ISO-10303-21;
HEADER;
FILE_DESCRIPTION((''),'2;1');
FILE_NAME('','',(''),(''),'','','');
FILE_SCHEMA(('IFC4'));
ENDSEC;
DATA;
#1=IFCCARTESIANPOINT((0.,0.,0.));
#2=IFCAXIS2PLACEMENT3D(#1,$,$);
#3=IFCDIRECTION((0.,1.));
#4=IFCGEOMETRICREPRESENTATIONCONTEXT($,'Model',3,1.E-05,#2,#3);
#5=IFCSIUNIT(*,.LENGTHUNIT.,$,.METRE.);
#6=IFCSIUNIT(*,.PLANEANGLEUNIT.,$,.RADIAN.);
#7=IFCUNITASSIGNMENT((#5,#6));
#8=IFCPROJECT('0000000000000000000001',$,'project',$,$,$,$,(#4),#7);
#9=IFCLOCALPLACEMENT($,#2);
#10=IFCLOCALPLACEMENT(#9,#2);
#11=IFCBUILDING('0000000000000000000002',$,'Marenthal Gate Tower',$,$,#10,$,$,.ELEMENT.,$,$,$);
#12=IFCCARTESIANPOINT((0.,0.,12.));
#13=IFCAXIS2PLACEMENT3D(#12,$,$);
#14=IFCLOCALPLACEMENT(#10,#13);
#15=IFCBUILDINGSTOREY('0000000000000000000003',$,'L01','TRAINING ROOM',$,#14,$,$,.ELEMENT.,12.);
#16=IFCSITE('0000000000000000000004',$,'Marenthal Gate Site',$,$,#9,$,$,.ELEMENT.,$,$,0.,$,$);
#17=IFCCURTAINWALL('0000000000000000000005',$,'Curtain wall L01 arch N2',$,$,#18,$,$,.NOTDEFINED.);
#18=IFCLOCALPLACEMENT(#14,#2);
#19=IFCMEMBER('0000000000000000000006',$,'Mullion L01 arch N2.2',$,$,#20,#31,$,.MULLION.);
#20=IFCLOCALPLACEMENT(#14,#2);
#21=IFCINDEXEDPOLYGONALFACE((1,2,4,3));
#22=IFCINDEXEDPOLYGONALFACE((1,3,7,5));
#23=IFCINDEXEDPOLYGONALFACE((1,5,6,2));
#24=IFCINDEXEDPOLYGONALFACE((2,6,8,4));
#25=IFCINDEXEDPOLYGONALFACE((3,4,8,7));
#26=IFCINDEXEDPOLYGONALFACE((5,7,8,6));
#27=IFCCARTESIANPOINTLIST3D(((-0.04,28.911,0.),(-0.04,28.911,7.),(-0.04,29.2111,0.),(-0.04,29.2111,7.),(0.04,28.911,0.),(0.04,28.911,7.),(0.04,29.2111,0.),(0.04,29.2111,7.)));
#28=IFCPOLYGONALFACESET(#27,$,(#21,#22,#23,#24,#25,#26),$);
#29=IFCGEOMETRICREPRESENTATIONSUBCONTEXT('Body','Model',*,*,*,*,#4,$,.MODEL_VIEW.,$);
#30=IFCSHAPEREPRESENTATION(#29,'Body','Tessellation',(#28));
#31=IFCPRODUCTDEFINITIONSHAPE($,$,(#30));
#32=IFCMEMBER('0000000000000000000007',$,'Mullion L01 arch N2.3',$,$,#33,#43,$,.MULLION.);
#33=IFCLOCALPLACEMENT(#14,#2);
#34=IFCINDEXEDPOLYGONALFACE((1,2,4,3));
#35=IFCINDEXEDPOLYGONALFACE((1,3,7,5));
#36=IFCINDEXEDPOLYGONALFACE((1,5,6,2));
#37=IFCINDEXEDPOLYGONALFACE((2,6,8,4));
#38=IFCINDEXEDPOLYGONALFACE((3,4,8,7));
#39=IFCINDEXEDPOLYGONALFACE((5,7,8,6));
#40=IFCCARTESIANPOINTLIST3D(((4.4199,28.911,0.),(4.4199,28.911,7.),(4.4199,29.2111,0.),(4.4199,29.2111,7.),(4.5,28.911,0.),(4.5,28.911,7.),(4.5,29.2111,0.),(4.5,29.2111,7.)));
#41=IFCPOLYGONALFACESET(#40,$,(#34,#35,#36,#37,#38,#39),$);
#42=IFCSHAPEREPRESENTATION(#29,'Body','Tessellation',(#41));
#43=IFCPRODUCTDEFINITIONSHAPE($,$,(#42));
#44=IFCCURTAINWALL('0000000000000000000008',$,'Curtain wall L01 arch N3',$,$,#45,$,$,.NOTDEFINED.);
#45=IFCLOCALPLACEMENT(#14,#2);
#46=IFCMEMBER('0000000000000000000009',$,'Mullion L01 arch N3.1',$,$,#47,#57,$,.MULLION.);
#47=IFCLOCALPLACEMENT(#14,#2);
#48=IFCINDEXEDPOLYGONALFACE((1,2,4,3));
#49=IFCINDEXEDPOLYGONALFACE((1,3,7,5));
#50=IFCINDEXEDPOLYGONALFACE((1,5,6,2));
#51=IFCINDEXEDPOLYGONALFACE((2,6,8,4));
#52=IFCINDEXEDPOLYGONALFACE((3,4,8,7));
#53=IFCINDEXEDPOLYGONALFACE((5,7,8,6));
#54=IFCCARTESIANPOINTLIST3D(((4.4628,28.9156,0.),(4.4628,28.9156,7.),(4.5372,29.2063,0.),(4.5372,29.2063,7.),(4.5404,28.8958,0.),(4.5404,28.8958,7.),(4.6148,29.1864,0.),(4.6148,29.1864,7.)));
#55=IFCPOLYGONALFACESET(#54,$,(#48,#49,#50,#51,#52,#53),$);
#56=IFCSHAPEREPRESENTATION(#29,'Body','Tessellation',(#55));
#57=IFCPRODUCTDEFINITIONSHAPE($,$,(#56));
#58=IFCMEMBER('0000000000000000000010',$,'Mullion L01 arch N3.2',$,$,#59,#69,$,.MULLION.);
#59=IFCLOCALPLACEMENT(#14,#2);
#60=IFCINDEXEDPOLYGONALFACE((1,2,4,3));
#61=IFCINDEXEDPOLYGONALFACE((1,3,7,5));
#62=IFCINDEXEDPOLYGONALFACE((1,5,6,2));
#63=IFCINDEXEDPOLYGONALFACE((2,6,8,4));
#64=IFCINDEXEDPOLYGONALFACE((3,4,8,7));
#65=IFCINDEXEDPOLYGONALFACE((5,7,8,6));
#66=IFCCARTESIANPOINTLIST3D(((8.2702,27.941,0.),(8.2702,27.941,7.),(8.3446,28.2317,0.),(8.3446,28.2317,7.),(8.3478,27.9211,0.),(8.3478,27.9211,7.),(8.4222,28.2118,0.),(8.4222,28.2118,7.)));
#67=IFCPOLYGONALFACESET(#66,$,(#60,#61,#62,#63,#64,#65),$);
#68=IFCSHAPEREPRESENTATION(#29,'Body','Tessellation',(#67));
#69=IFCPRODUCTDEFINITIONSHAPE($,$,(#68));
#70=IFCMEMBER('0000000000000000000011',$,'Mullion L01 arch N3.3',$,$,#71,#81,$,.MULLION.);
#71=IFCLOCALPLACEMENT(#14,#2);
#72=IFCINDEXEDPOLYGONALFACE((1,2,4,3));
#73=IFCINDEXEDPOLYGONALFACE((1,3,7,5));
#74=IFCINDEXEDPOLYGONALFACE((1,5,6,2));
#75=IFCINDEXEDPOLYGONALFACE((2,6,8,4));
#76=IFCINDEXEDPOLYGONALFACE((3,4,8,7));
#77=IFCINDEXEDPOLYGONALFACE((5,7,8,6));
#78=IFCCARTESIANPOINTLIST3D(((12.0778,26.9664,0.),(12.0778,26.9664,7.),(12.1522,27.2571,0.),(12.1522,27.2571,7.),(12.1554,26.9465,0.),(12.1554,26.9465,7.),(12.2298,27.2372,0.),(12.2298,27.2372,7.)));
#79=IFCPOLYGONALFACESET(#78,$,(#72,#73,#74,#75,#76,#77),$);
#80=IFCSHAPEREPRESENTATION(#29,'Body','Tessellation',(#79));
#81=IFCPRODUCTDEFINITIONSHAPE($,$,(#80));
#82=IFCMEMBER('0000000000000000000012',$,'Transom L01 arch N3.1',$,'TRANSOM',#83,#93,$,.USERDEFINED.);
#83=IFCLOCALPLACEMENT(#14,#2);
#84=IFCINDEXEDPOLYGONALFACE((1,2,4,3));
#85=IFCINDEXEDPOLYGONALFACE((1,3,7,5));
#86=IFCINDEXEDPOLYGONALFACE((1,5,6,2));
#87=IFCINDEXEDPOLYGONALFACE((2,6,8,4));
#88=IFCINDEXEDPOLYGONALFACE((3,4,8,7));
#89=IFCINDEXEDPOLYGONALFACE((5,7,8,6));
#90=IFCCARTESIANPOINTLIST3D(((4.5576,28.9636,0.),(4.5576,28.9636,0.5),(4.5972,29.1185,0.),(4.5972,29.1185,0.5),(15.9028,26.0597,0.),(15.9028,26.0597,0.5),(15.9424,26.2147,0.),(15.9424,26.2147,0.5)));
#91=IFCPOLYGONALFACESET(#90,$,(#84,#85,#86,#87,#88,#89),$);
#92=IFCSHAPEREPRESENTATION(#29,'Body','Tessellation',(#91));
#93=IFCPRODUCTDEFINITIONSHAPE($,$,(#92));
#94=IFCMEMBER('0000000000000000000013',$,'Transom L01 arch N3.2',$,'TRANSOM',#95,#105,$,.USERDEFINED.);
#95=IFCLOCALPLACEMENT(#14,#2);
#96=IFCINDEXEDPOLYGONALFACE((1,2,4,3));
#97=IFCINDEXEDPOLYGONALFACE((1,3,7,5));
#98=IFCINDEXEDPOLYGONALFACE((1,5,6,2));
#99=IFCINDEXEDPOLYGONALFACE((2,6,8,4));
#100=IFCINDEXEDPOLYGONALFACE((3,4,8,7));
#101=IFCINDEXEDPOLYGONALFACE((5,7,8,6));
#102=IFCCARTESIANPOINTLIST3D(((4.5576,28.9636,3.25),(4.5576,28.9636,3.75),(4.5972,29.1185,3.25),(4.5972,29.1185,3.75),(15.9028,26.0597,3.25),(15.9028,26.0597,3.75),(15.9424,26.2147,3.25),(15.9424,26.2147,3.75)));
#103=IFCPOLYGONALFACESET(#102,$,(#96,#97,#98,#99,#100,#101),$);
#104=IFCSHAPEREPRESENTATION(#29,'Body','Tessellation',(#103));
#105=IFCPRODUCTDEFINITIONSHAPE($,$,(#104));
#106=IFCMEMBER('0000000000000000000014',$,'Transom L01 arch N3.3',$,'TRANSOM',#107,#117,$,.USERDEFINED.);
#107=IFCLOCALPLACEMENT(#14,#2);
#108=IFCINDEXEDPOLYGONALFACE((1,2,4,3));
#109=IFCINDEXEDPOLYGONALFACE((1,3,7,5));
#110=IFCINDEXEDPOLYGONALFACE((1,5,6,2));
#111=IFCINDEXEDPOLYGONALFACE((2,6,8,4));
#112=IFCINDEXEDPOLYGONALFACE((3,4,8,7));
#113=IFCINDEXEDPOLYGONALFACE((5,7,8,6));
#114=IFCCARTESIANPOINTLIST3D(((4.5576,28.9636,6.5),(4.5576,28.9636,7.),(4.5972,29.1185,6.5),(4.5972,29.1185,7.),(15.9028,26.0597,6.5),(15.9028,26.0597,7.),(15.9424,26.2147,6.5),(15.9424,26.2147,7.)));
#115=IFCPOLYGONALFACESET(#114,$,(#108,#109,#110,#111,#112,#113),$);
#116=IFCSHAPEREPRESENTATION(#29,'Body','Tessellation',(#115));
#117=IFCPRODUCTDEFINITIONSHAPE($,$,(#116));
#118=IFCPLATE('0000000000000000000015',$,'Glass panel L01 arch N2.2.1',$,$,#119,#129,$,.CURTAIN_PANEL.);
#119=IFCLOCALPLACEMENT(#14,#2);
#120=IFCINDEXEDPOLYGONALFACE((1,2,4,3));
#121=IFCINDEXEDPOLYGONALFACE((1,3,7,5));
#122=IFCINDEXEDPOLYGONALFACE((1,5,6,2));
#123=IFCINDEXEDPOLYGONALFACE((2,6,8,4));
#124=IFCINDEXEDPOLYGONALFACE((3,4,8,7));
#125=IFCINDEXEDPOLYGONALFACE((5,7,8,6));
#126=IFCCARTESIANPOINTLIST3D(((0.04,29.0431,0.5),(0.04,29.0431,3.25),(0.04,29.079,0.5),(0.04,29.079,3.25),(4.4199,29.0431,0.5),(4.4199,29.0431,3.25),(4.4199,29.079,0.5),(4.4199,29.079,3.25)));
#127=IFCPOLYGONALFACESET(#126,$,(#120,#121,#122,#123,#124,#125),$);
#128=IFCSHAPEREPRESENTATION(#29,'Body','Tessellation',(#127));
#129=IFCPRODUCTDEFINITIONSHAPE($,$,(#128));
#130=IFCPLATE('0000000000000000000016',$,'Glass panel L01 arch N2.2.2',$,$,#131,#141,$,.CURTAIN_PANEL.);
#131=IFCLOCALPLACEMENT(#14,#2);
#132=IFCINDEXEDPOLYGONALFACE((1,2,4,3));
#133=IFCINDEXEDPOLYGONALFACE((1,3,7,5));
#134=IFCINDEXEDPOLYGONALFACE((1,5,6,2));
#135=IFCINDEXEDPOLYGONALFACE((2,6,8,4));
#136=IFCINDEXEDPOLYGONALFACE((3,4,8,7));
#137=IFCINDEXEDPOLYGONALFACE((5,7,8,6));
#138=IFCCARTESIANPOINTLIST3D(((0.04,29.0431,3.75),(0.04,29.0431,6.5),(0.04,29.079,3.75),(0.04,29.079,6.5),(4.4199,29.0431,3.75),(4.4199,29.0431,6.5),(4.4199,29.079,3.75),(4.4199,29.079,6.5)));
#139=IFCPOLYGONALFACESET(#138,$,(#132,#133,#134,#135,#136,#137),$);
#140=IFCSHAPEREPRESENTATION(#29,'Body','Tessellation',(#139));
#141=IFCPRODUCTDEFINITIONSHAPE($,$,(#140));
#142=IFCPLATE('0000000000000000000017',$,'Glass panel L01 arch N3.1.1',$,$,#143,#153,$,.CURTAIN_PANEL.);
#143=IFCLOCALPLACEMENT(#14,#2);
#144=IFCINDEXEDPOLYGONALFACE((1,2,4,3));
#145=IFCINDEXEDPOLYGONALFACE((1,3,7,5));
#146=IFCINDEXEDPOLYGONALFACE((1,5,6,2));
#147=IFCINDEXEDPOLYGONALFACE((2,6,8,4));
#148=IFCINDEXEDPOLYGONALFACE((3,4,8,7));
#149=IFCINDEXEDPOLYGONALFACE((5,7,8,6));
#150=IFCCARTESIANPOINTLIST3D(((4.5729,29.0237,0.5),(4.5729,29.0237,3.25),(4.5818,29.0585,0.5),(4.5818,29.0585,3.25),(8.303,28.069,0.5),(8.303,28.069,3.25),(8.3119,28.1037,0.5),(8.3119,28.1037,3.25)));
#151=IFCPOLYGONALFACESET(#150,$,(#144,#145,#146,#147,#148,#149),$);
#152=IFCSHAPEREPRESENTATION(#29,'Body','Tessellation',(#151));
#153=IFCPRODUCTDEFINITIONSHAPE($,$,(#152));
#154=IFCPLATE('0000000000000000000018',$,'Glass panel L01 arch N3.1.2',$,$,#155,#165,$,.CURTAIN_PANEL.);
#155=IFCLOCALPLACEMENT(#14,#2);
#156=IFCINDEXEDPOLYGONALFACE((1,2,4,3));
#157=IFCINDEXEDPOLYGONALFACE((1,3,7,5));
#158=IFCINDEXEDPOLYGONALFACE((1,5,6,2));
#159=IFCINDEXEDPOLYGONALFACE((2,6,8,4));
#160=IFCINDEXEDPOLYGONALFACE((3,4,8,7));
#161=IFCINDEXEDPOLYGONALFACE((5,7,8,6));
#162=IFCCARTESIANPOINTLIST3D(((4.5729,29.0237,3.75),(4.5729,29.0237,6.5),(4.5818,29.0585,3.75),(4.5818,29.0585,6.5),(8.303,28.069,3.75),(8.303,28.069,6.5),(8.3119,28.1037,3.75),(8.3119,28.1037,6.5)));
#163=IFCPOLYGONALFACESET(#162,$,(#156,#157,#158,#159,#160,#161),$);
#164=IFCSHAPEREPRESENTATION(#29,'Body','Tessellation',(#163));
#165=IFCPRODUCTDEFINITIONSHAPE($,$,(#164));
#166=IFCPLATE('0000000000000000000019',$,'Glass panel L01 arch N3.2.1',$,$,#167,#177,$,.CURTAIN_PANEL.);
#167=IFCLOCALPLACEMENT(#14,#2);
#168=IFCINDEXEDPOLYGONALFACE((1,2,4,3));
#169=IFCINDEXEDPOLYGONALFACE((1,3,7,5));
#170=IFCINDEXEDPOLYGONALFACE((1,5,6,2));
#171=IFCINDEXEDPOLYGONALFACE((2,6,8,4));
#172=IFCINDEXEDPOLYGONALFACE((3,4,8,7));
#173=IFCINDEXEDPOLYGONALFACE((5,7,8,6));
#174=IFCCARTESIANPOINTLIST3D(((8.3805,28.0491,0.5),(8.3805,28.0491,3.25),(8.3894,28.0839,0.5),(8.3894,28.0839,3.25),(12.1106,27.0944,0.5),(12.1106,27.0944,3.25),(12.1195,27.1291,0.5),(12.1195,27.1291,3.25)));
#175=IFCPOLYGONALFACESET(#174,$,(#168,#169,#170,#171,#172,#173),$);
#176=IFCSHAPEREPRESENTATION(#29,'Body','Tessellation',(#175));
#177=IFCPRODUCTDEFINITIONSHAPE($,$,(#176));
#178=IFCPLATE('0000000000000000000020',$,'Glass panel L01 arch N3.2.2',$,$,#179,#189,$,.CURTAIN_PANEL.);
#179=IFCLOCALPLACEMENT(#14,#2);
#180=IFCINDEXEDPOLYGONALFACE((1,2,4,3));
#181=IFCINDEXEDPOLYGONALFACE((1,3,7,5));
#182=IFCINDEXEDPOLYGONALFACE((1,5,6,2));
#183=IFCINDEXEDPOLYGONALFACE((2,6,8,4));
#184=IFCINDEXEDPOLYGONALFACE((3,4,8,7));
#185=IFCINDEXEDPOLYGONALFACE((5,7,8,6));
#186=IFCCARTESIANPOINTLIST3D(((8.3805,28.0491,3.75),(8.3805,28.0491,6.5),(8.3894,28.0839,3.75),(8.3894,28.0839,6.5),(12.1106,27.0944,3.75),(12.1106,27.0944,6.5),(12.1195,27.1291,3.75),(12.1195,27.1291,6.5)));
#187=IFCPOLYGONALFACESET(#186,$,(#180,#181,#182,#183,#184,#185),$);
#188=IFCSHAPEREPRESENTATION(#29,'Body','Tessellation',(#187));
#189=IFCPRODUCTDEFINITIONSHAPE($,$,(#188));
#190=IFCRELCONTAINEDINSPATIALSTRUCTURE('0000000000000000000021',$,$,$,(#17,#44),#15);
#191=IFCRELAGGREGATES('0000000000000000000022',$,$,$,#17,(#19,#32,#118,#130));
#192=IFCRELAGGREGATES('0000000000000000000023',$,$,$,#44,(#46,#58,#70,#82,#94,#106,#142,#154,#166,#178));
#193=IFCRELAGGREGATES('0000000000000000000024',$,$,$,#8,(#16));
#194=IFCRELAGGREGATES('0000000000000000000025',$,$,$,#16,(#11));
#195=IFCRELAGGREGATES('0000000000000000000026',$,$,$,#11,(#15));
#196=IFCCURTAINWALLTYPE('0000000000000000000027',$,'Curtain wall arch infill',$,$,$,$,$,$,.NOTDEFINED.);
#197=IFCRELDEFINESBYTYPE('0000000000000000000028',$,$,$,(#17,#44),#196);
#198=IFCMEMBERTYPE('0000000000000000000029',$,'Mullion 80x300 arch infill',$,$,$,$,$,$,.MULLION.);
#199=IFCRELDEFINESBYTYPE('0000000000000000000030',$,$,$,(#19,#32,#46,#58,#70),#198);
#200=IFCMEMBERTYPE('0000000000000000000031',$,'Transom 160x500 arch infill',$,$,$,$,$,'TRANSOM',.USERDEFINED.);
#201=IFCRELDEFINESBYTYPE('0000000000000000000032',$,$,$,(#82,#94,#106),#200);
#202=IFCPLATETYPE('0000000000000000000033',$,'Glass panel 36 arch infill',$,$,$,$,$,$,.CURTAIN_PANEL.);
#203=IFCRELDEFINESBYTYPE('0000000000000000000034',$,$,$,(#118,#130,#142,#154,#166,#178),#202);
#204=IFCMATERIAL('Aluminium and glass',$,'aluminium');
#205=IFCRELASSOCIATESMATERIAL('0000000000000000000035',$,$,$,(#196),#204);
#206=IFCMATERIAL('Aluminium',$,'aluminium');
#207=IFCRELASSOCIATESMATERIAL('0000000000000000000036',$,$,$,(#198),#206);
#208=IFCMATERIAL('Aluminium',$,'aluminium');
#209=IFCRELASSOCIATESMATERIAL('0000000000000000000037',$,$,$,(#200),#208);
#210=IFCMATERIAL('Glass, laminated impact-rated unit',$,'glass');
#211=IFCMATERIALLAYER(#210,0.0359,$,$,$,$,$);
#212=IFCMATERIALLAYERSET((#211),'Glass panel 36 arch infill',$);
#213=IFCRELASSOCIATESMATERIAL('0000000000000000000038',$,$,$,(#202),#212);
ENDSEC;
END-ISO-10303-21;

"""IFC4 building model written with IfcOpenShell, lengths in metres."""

from ifc_helpers import new_model, si_unit, direction, frame, origin, origin_2d, place, context, subcontext, project, spatial, rectangle, extrude, material, layer, layer_set, material_profile, profile_set, type_object, element, aggregate, save


model = new_model("IFC4")

# Units and contexts
model_context = context("Model", 3, precision=1e-05, world=origin(), true_north=direction((0.0, 1.0)))
body_context = subcontext(model_context, "Body", "Model", "MODEL_VIEW")
ifc_project = project(units=[si_unit("LENGTHUNIT", "METRE"), si_unit("PLANEANGLEUNIT", "RADIAN")], contexts=[model_context])

# Site, building, storey
site_placement = place(None, origin())
site = spatial("IfcSite", under=ifc_project, at=site_placement, Name="Marenthal Gate Site", CompositionType="ELEMENT", RefElevation=0.0)
building_placement = place(site_placement, origin())
building = spatial("IfcBuilding", under=site, at=building_placement, Name="Marenthal Gate Tower", CompositionType="ELEMENT")
storey_placement = place(building_placement, frame((0.0, 0.0, 12.0)))
storey = spatial("IfcBuildingStorey", under=building, at=storey_placement, Name="L01", Description="TRAINING ROOM", CompositionType="ELEMENT", Elevation=12.0)

# Curtain walls, members
ifc_material_1 = material(Name="Aluminium and glass", Category="aluminium")
curtain_wall_type = type_object("IfcCurtainWallType", Name="Curtain wall arch infill", PredefinedType="NOTDEFINED", material=ifc_material_1)
curtain_wall_1_placement = place(storey_placement, origin())
curtain_wall_1 = element("IfcCurtainWall", 1, at=curtain_wall_1_placement, inside=storey, type_object=curtain_wall_type, Name="Curtain wall L01 arch N2", PredefinedType="NOTDEFINED")
ifc_material_2 = material(Name="Aluminium", Category="aluminium")
ifc_material_profile_1 = material_profile(ifc_material_2, rectangle(XDim=0.3, YDim=0.0801, at=origin_2d()), Name="80x300 aluminium mullion")
ifc_profile_set_1 = profile_set([ifc_material_profile_1], Name="Aluminium")
member_type_1 = type_object("IfcMemberType", Name="Mullion 80x300 arch infill", PredefinedType="MULLION", material=ifc_profile_set_1)
member_1_placement = place(storey_placement, frame((0.0, 29.061, 0.0), z_axis=(0.0, 0.0, 1.0), x_axis=(0.0, 1.0, 0.0)))
member_1 = element("IfcMember", 2, at=member_1_placement, type_object=member_type_1, Name="Mullion L01 arch N2.2", PredefinedType="MULLION", context=body_context, shape_type="SweptSolid", body=[
    extrude(rectangle(XDim=0.3, YDim=0.0801, at=origin_2d()), origin(), (0.0, 0.0, 1.0), 7.0),
])
member_2_placement = place(storey_placement, frame((4.46, 29.061, 0.0), z_axis=(0.0, 0.0, 1.0), x_axis=(0.0, 1.0, 0.0)))
member_2 = element("IfcMember", 3, at=member_2_placement, type_object=member_type_1, Name="Mullion L01 arch N2.3", PredefinedType="MULLION", context=body_context, shape_type="SweptSolid", body=[
    extrude(rectangle(XDim=0.3, YDim=0.0801, at=origin_2d()), origin(), (0.0, 0.0, 1.0), 7.0),
])
curtain_wall_2_placement = place(storey_placement, origin())
curtain_wall_2 = element("IfcCurtainWall", 4, at=curtain_wall_2_placement, inside=storey, type_object=curtain_wall_type, Name="Curtain wall L01 arch N3", PredefinedType="NOTDEFINED")
member_3_placement = place(storey_placement, frame((4.5388, 29.051, 0.0), z_axis=(0.0, 0.0, 1.0), x_axis=(0.247965, 0.968769, 0.0)))
member_3 = element("IfcMember", 5, at=member_3_placement, type_object=member_type_1, Name="Mullion L01 arch N3.1", PredefinedType="MULLION", context=body_context, shape_type="SweptSolid", body=[
    extrude(rectangle(XDim=0.3, YDim=0.0801, at=origin_2d()), origin(), (0.0, 0.0, 1.0), 7.0),
])
member_4_placement = place(storey_placement, frame((8.3462, 28.0764, 0.0), z_axis=(0.0, 0.0, 1.0), x_axis=(0.247965, 0.968769, 0.0)))
member_4 = element("IfcMember", 6, at=member_4_placement, type_object=member_type_1, Name="Mullion L01 arch N3.2", PredefinedType="MULLION", context=body_context, shape_type="SweptSolid", body=[
    extrude(rectangle(XDim=0.3, YDim=0.0801, at=origin_2d()), origin(), (0.0, 0.0, 1.0), 7.0),
])
member_5_placement = place(storey_placement, frame((12.1538, 27.1018, 0.0), z_axis=(0.0, 0.0, 1.0), x_axis=(0.247965, 0.968769, 0.0)))
member_5 = element("IfcMember", 7, at=member_5_placement, type_object=member_type_1, Name="Mullion L01 arch N3.3", PredefinedType="MULLION", context=body_context, shape_type="SweptSolid", body=[
    extrude(rectangle(XDim=0.3, YDim=0.0801, at=origin_2d()), origin(), (0.0, 0.0, 1.0), 7.0),
])
ifc_material_3 = material(Name="Aluminium", Category="aluminium")
ifc_material_profile_2 = material_profile(ifc_material_3, rectangle(XDim=0.1599, YDim=0.5, at=origin_2d()), Name="160x500 aluminium transom")
ifc_profile_set_2 = profile_set([ifc_material_profile_2], Name="Aluminium")
member_type_2 = type_object("IfcMemberType", Name="Transom 160x500 arch infill", ElementType="TRANSOM", PredefinedType="USERDEFINED", material=ifc_profile_set_2)
member_6_placement = place(storey_placement, frame((4.5774, 29.041, 0.25), z_axis=(0.968771, -0.247957, 0.0), x_axis=(0.247957, 0.968771, 0.0)))
member_6 = element("IfcMember", 8, at=member_6_placement, type_object=member_type_2, Name="Transom L01 arch N3.1", ObjectType="TRANSOM", PredefinedType="USERDEFINED", context=body_context, shape_type="SweptSolid", body=[
    extrude(rectangle(XDim=0.1599, YDim=0.5, at=origin_2d()), origin(), (0.0, 0.0, 1.0), 11.7109),
])
member_7_placement = place(storey_placement, frame((4.5774, 29.041, 3.5), z_axis=(0.968771, -0.247957, 0.0), x_axis=(0.247957, 0.968771, 0.0)))
member_7 = element("IfcMember", 9, at=member_7_placement, type_object=member_type_2, Name="Transom L01 arch N3.2", ObjectType="TRANSOM", PredefinedType="USERDEFINED", context=body_context, shape_type="SweptSolid", body=[
    extrude(rectangle(XDim=0.1599, YDim=0.5, at=origin_2d()), origin(), (0.0, 0.0, 1.0), 11.7109),
])
member_8_placement = place(storey_placement, frame((4.5774, 29.041, 6.75), z_axis=(0.968771, -0.247957, 0.0), x_axis=(0.247957, 0.968771, 0.0)))
member_8 = element("IfcMember", 10, at=member_8_placement, type_object=member_type_2, Name="Transom L01 arch N3.3", ObjectType="TRANSOM", PredefinedType="USERDEFINED", context=body_context, shape_type="SweptSolid", body=[
    extrude(rectangle(XDim=0.1599, YDim=0.5, at=origin_2d()), origin(), (0.0, 0.0, 1.0), 11.7109),
])

# Plates
ifc_material_4 = material(Name="Glass, laminated impact-rated unit", Category="glass")
ifc_layer = layer(ifc_material_4, 0.0359)
ifc_layer_set = layer_set([ifc_layer], Name="Glass panel 36 arch infill")
plate_type = type_object("IfcPlateType", Name="Glass panel 36 arch infill", PredefinedType="CURTAIN_PANEL", material=ifc_layer_set)
plate_1_placement = place(storey_placement, frame((2.23, 29.061, 0.5), z_axis=(0.0, 0.0, 1.0), x_axis=(1.0, 0.0, 0.0)))
plate_1 = element("IfcPlate", 11, at=plate_1_placement, type_object=plate_type, Name="Glass panel L01 arch N2.2.1", PredefinedType="CURTAIN_PANEL", context=body_context, shape_type="SweptSolid", body=[
    extrude(rectangle(XDim=4.3799, YDim=0.0359, at=origin_2d()), origin(), (0.0, 0.0, 1.0), 2.75),
])
plate_2_placement = place(storey_placement, frame((2.23, 29.061, 3.75), z_axis=(0.0, 0.0, 1.0), x_axis=(1.0, 0.0, 0.0)))
plate_2 = element("IfcPlate", 12, at=plate_2_placement, type_object=plate_type, Name="Glass panel L01 arch N2.2.2", PredefinedType="CURTAIN_PANEL", context=body_context, shape_type="SweptSolid", body=[
    extrude(rectangle(XDim=4.3799, YDim=0.0359, at=origin_2d()), origin(), (0.0, 0.0, 1.0), 2.75),
])
aggregate(curtain_wall_1, [member_1, member_2, plate_1, plate_2])
plate_3_placement = place(storey_placement, frame((6.4424, 28.5637, 0.5), z_axis=(0.0, 0.0, 1.0), x_axis=(0.968769, -0.247965, 0.0)))
plate_3 = element("IfcPlate", 13, at=plate_3_placement, type_object=plate_type, Name="Glass panel L01 arch N3.1.1", PredefinedType="CURTAIN_PANEL", context=body_context, shape_type="SweptSolid", body=[
    extrude(rectangle(XDim=3.8503, YDim=0.0359, at=origin_2d()), origin(), (0.0, 0.0, 1.0), 2.75),
])
plate_4_placement = place(storey_placement, frame((6.4424, 28.5637, 3.75), z_axis=(0.0, 0.0, 1.0), x_axis=(0.968769, -0.247965, 0.0)))
plate_4 = element("IfcPlate", 14, at=plate_4_placement, type_object=plate_type, Name="Glass panel L01 arch N3.1.2", PredefinedType="CURTAIN_PANEL", context=body_context, shape_type="SweptSolid", body=[
    extrude(rectangle(XDim=3.8503, YDim=0.0359, at=origin_2d()), origin(), (0.0, 0.0, 1.0), 2.75),
])
plate_5_placement = place(storey_placement, frame((10.25, 27.5891, 0.5), z_axis=(0.0, 0.0, 1.0), x_axis=(0.968769, -0.247965, 0.0)))
plate_5 = element("IfcPlate", 15, at=plate_5_placement, type_object=plate_type, Name="Glass panel L01 arch N3.2.1", PredefinedType="CURTAIN_PANEL", context=body_context, shape_type="SweptSolid", body=[
    extrude(rectangle(XDim=3.8503, YDim=0.0359, at=origin_2d()), origin(), (0.0, 0.0, 1.0), 2.75),
])
plate_6_placement = place(storey_placement, frame((10.25, 27.5891, 3.75), z_axis=(0.0, 0.0, 1.0), x_axis=(0.968769, -0.247965, 0.0)))
plate_6 = element("IfcPlate", 16, at=plate_6_placement, type_object=plate_type, Name="Glass panel L01 arch N3.2.2", PredefinedType="CURTAIN_PANEL", context=body_context, shape_type="SweptSolid", body=[
    extrude(rectangle(XDim=3.8503, YDim=0.0359, at=origin_2d()), origin(), (0.0, 0.0, 1.0), 2.75),
])
aggregate(curtain_wall_2, [member_3, member_4, member_5, member_6, member_7, member_8, plate_3, plate_4, plate_5, plate_6])

save(model, "model.ifc")
